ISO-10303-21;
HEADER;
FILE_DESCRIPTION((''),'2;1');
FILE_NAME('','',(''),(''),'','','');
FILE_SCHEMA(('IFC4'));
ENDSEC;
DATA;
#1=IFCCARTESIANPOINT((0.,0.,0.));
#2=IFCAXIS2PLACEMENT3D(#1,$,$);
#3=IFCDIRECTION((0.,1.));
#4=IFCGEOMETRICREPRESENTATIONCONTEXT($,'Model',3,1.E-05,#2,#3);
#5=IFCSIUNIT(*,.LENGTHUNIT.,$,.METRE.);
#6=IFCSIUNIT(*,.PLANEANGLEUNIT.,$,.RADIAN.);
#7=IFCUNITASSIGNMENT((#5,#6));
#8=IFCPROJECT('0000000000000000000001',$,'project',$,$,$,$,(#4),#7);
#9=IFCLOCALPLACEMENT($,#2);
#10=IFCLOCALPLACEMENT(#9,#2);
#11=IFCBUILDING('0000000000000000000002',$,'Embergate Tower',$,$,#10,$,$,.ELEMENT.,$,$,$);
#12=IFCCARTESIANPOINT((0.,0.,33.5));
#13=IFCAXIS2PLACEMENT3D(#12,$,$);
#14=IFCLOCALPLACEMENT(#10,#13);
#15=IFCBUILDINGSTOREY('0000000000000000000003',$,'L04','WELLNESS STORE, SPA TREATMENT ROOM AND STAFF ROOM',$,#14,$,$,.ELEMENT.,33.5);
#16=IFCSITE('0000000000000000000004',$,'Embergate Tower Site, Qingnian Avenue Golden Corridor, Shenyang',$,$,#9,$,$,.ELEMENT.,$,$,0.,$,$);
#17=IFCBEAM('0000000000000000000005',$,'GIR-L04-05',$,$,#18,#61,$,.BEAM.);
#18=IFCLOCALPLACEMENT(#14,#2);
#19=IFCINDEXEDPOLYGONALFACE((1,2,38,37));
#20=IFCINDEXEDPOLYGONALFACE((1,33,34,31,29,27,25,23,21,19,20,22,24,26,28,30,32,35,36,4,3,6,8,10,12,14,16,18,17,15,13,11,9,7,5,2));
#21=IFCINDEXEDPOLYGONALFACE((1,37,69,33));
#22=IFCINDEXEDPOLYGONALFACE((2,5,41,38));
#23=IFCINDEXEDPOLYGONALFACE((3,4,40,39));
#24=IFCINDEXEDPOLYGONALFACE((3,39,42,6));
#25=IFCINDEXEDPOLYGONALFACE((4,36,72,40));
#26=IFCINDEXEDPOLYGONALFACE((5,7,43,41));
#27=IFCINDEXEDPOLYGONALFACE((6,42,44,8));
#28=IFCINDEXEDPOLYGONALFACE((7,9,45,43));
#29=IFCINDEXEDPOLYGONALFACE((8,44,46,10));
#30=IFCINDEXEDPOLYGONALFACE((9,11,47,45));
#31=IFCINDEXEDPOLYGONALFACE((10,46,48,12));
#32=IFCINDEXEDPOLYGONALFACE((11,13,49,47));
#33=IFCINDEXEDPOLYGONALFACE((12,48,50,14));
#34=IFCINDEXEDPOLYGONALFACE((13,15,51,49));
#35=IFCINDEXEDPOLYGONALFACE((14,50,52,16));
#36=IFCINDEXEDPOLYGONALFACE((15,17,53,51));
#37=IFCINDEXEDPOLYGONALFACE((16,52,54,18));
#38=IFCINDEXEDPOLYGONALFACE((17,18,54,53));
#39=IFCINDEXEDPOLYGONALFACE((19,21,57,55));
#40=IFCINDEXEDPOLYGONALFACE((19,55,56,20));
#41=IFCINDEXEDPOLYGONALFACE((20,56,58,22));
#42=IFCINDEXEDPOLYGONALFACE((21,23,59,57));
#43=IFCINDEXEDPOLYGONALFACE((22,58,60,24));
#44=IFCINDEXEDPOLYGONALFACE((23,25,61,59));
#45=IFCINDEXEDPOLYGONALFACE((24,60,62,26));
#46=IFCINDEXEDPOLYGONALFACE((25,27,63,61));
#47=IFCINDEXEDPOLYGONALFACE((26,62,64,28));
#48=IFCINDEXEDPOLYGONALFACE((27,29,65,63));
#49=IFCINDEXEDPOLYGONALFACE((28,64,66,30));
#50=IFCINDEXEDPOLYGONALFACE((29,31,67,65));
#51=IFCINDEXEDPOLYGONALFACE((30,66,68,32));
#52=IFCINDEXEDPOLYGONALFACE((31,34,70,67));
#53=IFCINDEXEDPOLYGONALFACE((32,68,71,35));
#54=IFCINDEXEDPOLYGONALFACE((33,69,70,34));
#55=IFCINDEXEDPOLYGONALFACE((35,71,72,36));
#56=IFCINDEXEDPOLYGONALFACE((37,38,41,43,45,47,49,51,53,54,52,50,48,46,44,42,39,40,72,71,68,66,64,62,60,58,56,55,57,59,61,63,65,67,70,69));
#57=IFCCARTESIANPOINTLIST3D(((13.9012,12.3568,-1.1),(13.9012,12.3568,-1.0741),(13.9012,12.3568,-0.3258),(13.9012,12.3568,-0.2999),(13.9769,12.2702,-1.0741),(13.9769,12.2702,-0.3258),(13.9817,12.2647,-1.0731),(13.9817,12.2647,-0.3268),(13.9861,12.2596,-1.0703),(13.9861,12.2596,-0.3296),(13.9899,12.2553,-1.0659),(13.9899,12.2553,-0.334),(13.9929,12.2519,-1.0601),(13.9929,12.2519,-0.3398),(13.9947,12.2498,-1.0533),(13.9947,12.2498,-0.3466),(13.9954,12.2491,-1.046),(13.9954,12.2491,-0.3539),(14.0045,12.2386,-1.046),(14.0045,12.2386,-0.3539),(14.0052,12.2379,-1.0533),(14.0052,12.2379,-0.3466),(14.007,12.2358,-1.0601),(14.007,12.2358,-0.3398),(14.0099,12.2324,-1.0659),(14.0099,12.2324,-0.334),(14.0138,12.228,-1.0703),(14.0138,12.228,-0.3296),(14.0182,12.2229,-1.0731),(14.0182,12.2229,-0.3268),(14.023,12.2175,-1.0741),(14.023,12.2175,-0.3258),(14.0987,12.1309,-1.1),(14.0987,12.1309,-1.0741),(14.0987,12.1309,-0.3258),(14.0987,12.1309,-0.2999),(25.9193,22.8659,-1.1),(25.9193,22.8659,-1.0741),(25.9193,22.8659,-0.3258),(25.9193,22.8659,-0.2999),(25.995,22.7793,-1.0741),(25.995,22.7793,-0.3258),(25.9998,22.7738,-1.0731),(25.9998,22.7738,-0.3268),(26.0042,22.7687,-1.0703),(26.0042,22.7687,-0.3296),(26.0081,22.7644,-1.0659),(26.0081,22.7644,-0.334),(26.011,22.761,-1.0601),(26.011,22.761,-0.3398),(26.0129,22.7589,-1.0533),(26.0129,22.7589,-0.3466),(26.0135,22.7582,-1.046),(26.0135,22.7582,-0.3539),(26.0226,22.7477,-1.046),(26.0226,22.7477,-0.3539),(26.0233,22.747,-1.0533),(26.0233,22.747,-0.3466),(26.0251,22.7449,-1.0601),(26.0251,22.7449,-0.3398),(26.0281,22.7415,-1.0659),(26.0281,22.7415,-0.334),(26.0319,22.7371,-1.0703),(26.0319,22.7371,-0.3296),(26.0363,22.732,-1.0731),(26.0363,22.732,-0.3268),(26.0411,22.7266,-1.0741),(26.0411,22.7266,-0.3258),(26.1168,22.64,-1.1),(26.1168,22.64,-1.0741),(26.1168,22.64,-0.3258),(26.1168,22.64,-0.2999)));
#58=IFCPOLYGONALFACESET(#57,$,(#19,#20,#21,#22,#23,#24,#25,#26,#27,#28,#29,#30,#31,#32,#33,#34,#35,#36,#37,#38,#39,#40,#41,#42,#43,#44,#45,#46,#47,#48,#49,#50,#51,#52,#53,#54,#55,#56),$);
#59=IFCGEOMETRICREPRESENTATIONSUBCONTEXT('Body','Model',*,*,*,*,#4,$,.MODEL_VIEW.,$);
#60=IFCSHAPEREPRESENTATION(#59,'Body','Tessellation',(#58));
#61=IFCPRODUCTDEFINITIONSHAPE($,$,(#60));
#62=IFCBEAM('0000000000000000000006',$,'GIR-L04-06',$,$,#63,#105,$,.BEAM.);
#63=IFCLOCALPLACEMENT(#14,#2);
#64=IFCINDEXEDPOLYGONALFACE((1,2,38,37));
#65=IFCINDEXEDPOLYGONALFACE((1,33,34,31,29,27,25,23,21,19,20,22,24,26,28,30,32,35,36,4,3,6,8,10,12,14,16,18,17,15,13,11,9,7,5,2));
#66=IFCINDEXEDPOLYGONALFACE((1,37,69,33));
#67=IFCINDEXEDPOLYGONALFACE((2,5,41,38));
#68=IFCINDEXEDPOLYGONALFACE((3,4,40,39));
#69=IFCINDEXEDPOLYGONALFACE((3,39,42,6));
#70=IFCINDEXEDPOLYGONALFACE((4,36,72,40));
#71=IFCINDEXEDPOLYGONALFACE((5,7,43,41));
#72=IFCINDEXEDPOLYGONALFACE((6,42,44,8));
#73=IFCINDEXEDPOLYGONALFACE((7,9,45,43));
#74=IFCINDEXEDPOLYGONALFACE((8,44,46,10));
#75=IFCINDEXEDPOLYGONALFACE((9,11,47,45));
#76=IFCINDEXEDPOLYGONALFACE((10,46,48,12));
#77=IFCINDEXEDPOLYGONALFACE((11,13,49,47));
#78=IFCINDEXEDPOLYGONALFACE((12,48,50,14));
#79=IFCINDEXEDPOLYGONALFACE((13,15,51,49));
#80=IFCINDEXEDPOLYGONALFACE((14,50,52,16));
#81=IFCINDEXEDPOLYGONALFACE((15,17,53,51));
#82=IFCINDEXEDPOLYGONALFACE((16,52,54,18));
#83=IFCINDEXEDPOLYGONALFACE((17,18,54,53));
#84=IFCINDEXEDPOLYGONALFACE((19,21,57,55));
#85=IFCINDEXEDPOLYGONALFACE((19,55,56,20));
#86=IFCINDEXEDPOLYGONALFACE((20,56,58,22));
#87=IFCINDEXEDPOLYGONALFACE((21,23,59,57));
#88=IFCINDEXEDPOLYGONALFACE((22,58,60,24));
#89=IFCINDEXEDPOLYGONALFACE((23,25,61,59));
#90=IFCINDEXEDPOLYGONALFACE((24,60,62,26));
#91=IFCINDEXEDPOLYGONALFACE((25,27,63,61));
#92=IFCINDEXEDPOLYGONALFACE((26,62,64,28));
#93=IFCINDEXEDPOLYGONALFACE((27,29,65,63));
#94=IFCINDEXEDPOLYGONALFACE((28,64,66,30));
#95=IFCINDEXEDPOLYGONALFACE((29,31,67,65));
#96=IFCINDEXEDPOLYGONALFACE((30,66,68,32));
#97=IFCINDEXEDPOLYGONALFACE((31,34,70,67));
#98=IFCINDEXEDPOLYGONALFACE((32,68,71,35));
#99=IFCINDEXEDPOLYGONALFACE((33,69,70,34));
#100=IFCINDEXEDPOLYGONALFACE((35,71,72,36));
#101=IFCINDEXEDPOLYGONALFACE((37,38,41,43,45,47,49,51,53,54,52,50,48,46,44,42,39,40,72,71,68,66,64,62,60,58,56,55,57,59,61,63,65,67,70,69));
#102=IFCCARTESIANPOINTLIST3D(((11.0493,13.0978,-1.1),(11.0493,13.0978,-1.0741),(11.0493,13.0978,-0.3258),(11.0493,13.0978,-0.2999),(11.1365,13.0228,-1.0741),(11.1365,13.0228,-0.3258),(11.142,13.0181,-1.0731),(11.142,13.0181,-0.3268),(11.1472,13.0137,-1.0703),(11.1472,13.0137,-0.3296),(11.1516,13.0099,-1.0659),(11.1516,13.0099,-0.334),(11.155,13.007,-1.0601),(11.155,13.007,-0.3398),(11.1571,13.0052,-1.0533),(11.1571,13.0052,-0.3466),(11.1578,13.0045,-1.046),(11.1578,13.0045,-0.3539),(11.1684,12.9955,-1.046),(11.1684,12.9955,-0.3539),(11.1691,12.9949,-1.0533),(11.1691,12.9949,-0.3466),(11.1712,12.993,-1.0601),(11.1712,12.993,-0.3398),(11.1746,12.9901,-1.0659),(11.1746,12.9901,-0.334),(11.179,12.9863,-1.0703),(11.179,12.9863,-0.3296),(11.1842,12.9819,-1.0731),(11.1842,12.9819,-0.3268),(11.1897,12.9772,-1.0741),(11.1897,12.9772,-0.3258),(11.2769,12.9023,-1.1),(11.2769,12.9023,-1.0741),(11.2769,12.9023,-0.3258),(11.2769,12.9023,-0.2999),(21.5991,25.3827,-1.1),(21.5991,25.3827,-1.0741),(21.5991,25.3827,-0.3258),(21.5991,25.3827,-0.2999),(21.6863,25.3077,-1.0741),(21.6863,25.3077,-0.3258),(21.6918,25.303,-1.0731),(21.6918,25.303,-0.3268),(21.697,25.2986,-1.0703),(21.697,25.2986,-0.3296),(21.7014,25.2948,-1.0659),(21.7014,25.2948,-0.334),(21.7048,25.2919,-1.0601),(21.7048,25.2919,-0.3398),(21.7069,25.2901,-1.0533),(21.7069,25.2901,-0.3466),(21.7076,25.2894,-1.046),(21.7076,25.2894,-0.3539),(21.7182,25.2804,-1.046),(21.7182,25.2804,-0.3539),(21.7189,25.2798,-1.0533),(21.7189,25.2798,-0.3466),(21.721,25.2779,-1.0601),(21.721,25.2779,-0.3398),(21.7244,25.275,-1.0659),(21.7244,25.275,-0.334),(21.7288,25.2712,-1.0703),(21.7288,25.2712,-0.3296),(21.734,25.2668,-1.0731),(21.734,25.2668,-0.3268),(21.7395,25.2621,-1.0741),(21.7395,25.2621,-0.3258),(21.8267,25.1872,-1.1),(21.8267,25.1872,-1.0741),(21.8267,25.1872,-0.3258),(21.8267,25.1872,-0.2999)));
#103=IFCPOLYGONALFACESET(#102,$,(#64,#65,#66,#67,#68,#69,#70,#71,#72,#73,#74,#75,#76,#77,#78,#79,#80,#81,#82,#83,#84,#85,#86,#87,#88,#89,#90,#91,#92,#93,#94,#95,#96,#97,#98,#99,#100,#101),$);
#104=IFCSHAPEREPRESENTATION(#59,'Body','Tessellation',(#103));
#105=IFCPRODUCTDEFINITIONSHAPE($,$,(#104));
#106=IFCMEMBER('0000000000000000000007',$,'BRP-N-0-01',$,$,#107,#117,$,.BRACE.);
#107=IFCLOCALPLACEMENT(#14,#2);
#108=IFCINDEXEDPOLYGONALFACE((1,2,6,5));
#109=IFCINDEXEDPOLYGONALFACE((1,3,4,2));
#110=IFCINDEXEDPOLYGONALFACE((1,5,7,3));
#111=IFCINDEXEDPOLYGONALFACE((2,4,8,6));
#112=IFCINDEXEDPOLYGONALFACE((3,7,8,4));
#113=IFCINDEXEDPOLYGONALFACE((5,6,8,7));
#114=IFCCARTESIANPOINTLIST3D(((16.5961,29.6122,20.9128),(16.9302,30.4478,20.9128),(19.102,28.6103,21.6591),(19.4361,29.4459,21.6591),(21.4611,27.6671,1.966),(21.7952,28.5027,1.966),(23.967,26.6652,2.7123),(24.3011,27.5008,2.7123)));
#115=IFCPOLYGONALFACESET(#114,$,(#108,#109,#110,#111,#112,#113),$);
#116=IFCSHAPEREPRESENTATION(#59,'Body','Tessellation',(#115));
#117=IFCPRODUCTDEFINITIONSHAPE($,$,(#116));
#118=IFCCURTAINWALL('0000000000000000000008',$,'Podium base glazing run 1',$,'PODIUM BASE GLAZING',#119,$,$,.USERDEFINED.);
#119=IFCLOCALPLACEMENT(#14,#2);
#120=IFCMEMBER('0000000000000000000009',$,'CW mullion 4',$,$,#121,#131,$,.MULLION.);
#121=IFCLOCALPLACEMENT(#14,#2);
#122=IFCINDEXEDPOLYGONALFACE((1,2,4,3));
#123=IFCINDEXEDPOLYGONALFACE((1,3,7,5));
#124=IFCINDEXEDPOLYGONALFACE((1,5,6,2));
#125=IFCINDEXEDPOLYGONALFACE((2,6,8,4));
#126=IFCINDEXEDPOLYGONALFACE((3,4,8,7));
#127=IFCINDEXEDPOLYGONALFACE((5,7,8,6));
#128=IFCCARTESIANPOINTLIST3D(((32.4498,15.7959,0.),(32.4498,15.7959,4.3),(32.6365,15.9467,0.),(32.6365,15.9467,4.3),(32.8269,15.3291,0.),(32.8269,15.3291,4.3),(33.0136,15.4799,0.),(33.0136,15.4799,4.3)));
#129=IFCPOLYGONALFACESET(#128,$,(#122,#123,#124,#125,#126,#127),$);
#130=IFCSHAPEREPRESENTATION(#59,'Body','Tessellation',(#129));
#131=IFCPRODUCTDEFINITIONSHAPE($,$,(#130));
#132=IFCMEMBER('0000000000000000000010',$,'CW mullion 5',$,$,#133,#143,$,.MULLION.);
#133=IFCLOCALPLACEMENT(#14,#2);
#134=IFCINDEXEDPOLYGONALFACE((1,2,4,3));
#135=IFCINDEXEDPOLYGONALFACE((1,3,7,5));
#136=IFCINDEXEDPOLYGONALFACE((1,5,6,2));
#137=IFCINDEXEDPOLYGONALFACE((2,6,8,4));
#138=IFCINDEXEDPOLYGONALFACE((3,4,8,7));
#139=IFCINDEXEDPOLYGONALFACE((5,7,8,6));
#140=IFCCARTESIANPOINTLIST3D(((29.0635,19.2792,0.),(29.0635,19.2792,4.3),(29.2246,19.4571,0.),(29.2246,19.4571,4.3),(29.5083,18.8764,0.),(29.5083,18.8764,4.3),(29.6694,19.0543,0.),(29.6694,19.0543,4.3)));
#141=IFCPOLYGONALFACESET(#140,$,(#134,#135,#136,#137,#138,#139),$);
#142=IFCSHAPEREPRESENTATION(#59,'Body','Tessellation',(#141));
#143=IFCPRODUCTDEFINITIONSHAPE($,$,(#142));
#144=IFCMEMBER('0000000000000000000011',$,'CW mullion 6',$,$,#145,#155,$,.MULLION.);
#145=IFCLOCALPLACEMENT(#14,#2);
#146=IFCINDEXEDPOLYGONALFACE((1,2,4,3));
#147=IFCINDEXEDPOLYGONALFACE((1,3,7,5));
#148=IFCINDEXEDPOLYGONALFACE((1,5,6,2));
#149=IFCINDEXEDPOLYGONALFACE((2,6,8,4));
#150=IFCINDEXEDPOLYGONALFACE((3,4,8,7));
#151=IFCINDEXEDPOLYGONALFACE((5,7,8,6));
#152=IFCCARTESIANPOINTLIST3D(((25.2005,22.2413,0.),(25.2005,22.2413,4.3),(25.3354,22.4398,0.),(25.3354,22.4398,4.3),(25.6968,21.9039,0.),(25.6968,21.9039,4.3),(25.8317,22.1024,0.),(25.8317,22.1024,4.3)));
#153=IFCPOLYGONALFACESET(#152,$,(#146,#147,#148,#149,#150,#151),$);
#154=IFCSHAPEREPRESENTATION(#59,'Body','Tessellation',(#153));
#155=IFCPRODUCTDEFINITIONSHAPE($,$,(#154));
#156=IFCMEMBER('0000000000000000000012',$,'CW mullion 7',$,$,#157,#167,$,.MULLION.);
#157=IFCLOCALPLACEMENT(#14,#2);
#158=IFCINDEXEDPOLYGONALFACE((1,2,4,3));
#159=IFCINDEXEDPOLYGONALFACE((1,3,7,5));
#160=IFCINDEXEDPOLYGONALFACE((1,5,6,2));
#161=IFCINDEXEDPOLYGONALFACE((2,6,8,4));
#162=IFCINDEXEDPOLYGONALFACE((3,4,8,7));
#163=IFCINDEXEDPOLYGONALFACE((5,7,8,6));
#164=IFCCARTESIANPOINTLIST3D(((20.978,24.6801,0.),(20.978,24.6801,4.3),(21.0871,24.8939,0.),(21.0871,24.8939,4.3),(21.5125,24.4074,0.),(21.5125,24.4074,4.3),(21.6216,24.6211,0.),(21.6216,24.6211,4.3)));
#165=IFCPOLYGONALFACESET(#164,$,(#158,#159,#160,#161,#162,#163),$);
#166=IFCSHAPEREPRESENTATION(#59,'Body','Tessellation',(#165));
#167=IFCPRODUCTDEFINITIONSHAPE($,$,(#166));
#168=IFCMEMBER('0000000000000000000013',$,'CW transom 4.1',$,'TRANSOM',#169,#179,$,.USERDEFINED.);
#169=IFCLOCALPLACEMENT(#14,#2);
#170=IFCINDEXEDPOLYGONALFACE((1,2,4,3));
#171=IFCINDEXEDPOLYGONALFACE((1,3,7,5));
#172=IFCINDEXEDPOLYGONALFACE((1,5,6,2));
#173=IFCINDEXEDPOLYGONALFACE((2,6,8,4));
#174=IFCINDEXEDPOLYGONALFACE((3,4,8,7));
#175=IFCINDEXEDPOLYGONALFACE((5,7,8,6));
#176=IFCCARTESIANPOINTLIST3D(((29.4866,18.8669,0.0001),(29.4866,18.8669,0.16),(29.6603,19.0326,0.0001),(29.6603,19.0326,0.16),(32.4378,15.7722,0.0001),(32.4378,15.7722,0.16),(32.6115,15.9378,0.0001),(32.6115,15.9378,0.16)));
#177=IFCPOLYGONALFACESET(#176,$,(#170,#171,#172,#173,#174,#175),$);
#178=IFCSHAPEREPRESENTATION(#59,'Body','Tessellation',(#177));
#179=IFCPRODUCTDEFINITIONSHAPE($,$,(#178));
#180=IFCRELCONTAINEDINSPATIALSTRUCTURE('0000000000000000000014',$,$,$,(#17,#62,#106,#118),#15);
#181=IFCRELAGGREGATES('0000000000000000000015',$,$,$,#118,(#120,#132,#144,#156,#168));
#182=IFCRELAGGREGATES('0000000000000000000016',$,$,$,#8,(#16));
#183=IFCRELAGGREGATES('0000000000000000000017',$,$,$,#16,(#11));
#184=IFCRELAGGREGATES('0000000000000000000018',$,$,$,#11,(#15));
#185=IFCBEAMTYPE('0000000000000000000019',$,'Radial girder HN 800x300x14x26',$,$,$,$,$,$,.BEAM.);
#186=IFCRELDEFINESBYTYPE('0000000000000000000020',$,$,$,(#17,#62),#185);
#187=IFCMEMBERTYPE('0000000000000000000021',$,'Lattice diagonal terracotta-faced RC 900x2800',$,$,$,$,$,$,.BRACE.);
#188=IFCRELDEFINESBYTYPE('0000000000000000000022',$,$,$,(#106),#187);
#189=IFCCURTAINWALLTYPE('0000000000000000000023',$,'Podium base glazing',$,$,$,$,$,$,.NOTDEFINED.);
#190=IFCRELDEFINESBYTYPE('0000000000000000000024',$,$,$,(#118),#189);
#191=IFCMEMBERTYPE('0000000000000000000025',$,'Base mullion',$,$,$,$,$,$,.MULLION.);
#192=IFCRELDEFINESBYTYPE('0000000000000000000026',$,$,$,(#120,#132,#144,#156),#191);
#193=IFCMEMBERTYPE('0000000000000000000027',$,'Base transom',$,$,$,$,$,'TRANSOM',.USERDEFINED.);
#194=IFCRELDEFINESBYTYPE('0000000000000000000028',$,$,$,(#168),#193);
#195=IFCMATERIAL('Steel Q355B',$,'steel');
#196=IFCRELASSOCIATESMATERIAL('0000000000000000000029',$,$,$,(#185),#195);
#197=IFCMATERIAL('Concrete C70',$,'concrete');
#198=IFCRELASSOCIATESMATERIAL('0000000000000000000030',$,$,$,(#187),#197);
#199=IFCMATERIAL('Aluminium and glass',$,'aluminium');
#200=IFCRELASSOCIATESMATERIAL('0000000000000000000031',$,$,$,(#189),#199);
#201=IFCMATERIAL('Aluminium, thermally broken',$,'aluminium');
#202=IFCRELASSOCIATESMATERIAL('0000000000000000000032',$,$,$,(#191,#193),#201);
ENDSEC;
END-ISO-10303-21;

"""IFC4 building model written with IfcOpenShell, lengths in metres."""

from ifc_helpers import new_model, si_unit, direction, frame, origin, origin_2d, place, context, subcontext, project, spatial, rectangle, i_section, extrude, source, transform, mapped, material, material_profile, profile_set, type_object, element, aggregate, save


model = new_model("IFC4")

# Units and contexts
model_context = context("Model", 3, precision=1e-05, world=origin(), true_north=direction((0.0, 1.0)))
body_context = subcontext(model_context, "Body", "Model", "MODEL_VIEW")
ifc_project = project(units=[si_unit("LENGTHUNIT", "METRE"), si_unit("PLANEANGLEUNIT", "RADIAN")], contexts=[model_context])

# Site, building, storey
site_placement = place(None, origin())
site = spatial("IfcSite", under=ifc_project, at=site_placement, Name="Embergate Tower Site, Qingnian Avenue Golden Corridor, Shenyang", CompositionType="ELEMENT", RefElevation=0.0)
building_placement = place(site_placement, origin())
building = spatial("IfcBuilding", under=site, at=building_placement, Name="Embergate Tower", CompositionType="ELEMENT")
storey_placement = place(building_placement, frame((0.0, 0.0, 33.5)))
storey = spatial("IfcBuildingStorey", under=building, at=storey_placement, Name="L04", Description="WELLNESS STORE, SPA TREATMENT ROOM AND STAFF ROOM", CompositionType="ELEMENT", Elevation=33.5)

# Shared definitions
ifc_material_1 = material(Name="Concrete C70", Category="concrete")

# Beams
ifc_material_2 = material(Name="Steel Q355B", Category="steel")
ifc_material_profile_1 = material_profile(ifc_material_2, i_section(OverallWidth=0.3, OverallDepth=0.8, WebThickness=0.0139, FlangeThickness=0.0259, FilletRadius=0.0281, at=origin_2d()), Name="HN 800x300x14x26")
ifc_profile_set_1 = profile_set([ifc_material_profile_1], Name="Steel Q355 grade B")
beam_type_1 = type_object("IfcBeamType", Name="Radial girder HN 800x300x14x26", PredefinedType="BEAM", material=ifc_profile_set_1)
shared_shape_1 = source(origin(), body_context, "Body", "SweptSolid", [
    extrude(i_section(OverallWidth=0.3, OverallDepth=0.8, WebThickness=0.0139, FlangeThickness=0.0259, FilletRadius=0.0281, at=origin_2d()), origin(), (0.0, 0.0, 1.0), 15.9648),
])
beam_1_placement = place(storey_placement, frame((26.0181, 22.7529, -0.7), z_axis=(-0.752787, -0.658264, 0.0), x_axis=(0.658264, -0.752787, 0.0)))
element("IfcBeam", 1, at=beam_1_placement, inside=storey, type_object=beam_type_1, Name="GIR-L04-05", PredefinedType="BEAM", context=body_context, shape_type="MappedRepresentation", body=[
    mapped(shared_shape_1, transform((0.0, 0.0, 0.0))),
])
shared_shape_2 = source(origin(), body_context, "Body", "SweptSolid", [
    extrude(i_section(OverallWidth=0.3, OverallDepth=0.8, WebThickness=0.0139, FlangeThickness=0.0259, FilletRadius=0.0281, at=origin_2d()), origin(), (0.0, 0.0, 1.0), 16.1931),
])
beam_2_placement = place(storey_placement, frame((21.7129, 25.2849, -0.7), z_axis=(-0.651499, -0.75865, 0.0), x_axis=(0.75865, -0.651499, 0.0)))
element("IfcBeam", 2, at=beam_2_placement, inside=storey, type_object=beam_type_1, Name="GIR-L04-06", PredefinedType="BEAM", context=body_context, shape_type="MappedRepresentation", body=[
    mapped(shared_shape_2, transform((0.0, 0.0, 0.0))),
])

# Member
ifc_material_profile_2 = material_profile(ifc_material_1, rectangle(XDim=0.8999, YDim=2.8, at=origin_2d()), Name="RC 900x2800")
ifc_profile_set_2 = profile_set([ifc_material_profile_2], Name="Concrete C70")
member_type_1 = type_object("IfcMemberType", Name="Lattice diagonal terracotta-faced RC 900x2800", PredefinedType="BRACE", material=ifc_profile_set_2)
shared_shape_3 = source(origin(), body_context, "Body", "SweptSolid", [
    extrude(rectangle(XDim=0.8999, YDim=2.8, at=origin_2d()), origin(), (0.0, 0.0, 1.0), 19.658),
])
member_1_placement = place(storey_placement, frame((22.8811, 27.584, 2.3391), z_axis=(-0.247483, 0.098946, 0.963827), x_axis=(-0.371238, -0.928538, 0.0)))
element("IfcMember", 3, at=member_1_placement, inside=storey, type_object=member_type_1, Name="BRP-N-0-01", PredefinedType="BRACE", context=body_context, shape_type="MappedRepresentation", body=[
    mapped(shared_shape_3, transform((0.0, 0.0, 0.0))),
])

# Curtain wall, members
ifc_material_3 = material(Name="Aluminium and glass", Category="aluminium")
curtain_wall_type = type_object("IfcCurtainWallType", Name="Podium base glazing", PredefinedType="NOTDEFINED", material=ifc_material_3)
curtain_wall_placement = place(storey_placement, origin())
curtain_wall = element("IfcCurtainWall", 4, at=curtain_wall_placement, inside=storey, type_object=curtain_wall_type, Name="Podium base glazing run 1", ObjectType="PODIUM BASE GLAZING", PredefinedType="USERDEFINED")
ifc_material_4 = material(Name="Aluminium, thermally broken", Category="aluminium")
ifc_material_profile_3 = material_profile(ifc_material_4, rectangle(XDim=0.24, YDim=0.6001, at=origin_2d()), Name="AL 600x240")
ifc_profile_set_3 = profile_set([ifc_material_profile_3], Name="Aluminium, thermally broken")
member_type_2 = type_object("IfcMemberType", Name="Base mullion", PredefinedType="MULLION", material=ifc_profile_set_3)
shared_shape_4 = source(origin(), body_context, "Body", "SweptSolid", [
    extrude(rectangle(XDim=0.24, YDim=0.6001, at=origin_2d()), origin(), (0.0, 0.0, 1.0), 4.3),
])
member_2_placement = place(storey_placement, frame((32.7317, 15.6379, 0.0), z_axis=(0.0, 0.0, 1.0), x_axis=(-0.777869, -0.628426, 0.0)))
member_2 = element("IfcMember", 5, at=member_2_placement, type_object=member_type_2, Name="CW mullion 4", PredefinedType="MULLION", context=body_context, shape_type="MappedRepresentation", body=[
    mapped(shared_shape_4, transform((0.0, 0.0, 0.0))),
])
member_3_placement = place(storey_placement, frame((29.3665, 19.1667, 0.0), z_axis=(0.0, 0.0, 1.0), x_axis=(-0.671223, -0.741256, 0.0)))
member_3 = element("IfcMember", 6, at=member_3_placement, type_object=member_type_2, Name="CW mullion 5", PredefinedType="MULLION", context=body_context, shape_type="MappedRepresentation", body=[
    mapped(shared_shape_4, transform((0.0, 0.0, 0.0))),
])
member_4_placement = place(storey_placement, frame((25.5161, 22.1719, 0.0), z_axis=(0.0, 0.0, 1.0), x_axis=(-0.562213, -0.826992, 0.0)))
member_4 = element("IfcMember", 7, at=member_4_placement, type_object=member_type_2, Name="CW mullion 6", PredefinedType="MULLION", context=body_context, shape_type="MappedRepresentation", body=[
    mapped(shared_shape_4, transform((0.0, 0.0, 0.0))),
])
member_5_placement = place(storey_placement, frame((21.2998, 24.6506, 0.0), z_axis=(0.0, 0.0, 1.0), x_axis=(-0.454507, -0.890743, 0.0)))
member_5 = element("IfcMember", 8, at=member_5_placement, type_object=member_type_2, Name="CW mullion 7", PredefinedType="MULLION", context=body_context, shape_type="MappedRepresentation", body=[
    mapped(shared_shape_4, transform((0.0, 0.0, 0.0))),
])
ifc_material_profile_4 = material_profile(ifc_material_4, rectangle(XDim=0.24, YDim=0.1599, at=origin_2d()), Name="AL 160x240")
ifc_profile_set_4 = profile_set([ifc_material_profile_4], Name="Aluminium, thermally broken")
member_type_3 = type_object("IfcMemberType", Name="Base transom", ElementType="TRANSOM", PredefinedType="USERDEFINED", material=ifc_profile_set_4)
shared_shape_5 = source(origin(), body_context, "Body", "SweptSolid", [
    extrude(rectangle(XDim=0.24, YDim=0.1599, at=origin_2d()), origin(), (0.0, 0.0, 1.0), 4.2764),
])
member_6_placement = place(storey_placement, frame((32.5247, 15.855, 0.0801), z_axis=(-0.690123, 0.723692, 0.0), x_axis=(-0.723692, -0.690123, 0.0)))
member_6 = element("IfcMember", 9, at=member_6_placement, type_object=member_type_3, Name="CW transom 4.1", ObjectType="TRANSOM", PredefinedType="USERDEFINED", context=body_context, shape_type="MappedRepresentation", body=[
    mapped(shared_shape_5, transform((0.0, 0.0, 0.0))),
])
aggregate(curtain_wall, [member_2, member_3, member_4, member_5, member_6])

save(model, "model.ifc")
